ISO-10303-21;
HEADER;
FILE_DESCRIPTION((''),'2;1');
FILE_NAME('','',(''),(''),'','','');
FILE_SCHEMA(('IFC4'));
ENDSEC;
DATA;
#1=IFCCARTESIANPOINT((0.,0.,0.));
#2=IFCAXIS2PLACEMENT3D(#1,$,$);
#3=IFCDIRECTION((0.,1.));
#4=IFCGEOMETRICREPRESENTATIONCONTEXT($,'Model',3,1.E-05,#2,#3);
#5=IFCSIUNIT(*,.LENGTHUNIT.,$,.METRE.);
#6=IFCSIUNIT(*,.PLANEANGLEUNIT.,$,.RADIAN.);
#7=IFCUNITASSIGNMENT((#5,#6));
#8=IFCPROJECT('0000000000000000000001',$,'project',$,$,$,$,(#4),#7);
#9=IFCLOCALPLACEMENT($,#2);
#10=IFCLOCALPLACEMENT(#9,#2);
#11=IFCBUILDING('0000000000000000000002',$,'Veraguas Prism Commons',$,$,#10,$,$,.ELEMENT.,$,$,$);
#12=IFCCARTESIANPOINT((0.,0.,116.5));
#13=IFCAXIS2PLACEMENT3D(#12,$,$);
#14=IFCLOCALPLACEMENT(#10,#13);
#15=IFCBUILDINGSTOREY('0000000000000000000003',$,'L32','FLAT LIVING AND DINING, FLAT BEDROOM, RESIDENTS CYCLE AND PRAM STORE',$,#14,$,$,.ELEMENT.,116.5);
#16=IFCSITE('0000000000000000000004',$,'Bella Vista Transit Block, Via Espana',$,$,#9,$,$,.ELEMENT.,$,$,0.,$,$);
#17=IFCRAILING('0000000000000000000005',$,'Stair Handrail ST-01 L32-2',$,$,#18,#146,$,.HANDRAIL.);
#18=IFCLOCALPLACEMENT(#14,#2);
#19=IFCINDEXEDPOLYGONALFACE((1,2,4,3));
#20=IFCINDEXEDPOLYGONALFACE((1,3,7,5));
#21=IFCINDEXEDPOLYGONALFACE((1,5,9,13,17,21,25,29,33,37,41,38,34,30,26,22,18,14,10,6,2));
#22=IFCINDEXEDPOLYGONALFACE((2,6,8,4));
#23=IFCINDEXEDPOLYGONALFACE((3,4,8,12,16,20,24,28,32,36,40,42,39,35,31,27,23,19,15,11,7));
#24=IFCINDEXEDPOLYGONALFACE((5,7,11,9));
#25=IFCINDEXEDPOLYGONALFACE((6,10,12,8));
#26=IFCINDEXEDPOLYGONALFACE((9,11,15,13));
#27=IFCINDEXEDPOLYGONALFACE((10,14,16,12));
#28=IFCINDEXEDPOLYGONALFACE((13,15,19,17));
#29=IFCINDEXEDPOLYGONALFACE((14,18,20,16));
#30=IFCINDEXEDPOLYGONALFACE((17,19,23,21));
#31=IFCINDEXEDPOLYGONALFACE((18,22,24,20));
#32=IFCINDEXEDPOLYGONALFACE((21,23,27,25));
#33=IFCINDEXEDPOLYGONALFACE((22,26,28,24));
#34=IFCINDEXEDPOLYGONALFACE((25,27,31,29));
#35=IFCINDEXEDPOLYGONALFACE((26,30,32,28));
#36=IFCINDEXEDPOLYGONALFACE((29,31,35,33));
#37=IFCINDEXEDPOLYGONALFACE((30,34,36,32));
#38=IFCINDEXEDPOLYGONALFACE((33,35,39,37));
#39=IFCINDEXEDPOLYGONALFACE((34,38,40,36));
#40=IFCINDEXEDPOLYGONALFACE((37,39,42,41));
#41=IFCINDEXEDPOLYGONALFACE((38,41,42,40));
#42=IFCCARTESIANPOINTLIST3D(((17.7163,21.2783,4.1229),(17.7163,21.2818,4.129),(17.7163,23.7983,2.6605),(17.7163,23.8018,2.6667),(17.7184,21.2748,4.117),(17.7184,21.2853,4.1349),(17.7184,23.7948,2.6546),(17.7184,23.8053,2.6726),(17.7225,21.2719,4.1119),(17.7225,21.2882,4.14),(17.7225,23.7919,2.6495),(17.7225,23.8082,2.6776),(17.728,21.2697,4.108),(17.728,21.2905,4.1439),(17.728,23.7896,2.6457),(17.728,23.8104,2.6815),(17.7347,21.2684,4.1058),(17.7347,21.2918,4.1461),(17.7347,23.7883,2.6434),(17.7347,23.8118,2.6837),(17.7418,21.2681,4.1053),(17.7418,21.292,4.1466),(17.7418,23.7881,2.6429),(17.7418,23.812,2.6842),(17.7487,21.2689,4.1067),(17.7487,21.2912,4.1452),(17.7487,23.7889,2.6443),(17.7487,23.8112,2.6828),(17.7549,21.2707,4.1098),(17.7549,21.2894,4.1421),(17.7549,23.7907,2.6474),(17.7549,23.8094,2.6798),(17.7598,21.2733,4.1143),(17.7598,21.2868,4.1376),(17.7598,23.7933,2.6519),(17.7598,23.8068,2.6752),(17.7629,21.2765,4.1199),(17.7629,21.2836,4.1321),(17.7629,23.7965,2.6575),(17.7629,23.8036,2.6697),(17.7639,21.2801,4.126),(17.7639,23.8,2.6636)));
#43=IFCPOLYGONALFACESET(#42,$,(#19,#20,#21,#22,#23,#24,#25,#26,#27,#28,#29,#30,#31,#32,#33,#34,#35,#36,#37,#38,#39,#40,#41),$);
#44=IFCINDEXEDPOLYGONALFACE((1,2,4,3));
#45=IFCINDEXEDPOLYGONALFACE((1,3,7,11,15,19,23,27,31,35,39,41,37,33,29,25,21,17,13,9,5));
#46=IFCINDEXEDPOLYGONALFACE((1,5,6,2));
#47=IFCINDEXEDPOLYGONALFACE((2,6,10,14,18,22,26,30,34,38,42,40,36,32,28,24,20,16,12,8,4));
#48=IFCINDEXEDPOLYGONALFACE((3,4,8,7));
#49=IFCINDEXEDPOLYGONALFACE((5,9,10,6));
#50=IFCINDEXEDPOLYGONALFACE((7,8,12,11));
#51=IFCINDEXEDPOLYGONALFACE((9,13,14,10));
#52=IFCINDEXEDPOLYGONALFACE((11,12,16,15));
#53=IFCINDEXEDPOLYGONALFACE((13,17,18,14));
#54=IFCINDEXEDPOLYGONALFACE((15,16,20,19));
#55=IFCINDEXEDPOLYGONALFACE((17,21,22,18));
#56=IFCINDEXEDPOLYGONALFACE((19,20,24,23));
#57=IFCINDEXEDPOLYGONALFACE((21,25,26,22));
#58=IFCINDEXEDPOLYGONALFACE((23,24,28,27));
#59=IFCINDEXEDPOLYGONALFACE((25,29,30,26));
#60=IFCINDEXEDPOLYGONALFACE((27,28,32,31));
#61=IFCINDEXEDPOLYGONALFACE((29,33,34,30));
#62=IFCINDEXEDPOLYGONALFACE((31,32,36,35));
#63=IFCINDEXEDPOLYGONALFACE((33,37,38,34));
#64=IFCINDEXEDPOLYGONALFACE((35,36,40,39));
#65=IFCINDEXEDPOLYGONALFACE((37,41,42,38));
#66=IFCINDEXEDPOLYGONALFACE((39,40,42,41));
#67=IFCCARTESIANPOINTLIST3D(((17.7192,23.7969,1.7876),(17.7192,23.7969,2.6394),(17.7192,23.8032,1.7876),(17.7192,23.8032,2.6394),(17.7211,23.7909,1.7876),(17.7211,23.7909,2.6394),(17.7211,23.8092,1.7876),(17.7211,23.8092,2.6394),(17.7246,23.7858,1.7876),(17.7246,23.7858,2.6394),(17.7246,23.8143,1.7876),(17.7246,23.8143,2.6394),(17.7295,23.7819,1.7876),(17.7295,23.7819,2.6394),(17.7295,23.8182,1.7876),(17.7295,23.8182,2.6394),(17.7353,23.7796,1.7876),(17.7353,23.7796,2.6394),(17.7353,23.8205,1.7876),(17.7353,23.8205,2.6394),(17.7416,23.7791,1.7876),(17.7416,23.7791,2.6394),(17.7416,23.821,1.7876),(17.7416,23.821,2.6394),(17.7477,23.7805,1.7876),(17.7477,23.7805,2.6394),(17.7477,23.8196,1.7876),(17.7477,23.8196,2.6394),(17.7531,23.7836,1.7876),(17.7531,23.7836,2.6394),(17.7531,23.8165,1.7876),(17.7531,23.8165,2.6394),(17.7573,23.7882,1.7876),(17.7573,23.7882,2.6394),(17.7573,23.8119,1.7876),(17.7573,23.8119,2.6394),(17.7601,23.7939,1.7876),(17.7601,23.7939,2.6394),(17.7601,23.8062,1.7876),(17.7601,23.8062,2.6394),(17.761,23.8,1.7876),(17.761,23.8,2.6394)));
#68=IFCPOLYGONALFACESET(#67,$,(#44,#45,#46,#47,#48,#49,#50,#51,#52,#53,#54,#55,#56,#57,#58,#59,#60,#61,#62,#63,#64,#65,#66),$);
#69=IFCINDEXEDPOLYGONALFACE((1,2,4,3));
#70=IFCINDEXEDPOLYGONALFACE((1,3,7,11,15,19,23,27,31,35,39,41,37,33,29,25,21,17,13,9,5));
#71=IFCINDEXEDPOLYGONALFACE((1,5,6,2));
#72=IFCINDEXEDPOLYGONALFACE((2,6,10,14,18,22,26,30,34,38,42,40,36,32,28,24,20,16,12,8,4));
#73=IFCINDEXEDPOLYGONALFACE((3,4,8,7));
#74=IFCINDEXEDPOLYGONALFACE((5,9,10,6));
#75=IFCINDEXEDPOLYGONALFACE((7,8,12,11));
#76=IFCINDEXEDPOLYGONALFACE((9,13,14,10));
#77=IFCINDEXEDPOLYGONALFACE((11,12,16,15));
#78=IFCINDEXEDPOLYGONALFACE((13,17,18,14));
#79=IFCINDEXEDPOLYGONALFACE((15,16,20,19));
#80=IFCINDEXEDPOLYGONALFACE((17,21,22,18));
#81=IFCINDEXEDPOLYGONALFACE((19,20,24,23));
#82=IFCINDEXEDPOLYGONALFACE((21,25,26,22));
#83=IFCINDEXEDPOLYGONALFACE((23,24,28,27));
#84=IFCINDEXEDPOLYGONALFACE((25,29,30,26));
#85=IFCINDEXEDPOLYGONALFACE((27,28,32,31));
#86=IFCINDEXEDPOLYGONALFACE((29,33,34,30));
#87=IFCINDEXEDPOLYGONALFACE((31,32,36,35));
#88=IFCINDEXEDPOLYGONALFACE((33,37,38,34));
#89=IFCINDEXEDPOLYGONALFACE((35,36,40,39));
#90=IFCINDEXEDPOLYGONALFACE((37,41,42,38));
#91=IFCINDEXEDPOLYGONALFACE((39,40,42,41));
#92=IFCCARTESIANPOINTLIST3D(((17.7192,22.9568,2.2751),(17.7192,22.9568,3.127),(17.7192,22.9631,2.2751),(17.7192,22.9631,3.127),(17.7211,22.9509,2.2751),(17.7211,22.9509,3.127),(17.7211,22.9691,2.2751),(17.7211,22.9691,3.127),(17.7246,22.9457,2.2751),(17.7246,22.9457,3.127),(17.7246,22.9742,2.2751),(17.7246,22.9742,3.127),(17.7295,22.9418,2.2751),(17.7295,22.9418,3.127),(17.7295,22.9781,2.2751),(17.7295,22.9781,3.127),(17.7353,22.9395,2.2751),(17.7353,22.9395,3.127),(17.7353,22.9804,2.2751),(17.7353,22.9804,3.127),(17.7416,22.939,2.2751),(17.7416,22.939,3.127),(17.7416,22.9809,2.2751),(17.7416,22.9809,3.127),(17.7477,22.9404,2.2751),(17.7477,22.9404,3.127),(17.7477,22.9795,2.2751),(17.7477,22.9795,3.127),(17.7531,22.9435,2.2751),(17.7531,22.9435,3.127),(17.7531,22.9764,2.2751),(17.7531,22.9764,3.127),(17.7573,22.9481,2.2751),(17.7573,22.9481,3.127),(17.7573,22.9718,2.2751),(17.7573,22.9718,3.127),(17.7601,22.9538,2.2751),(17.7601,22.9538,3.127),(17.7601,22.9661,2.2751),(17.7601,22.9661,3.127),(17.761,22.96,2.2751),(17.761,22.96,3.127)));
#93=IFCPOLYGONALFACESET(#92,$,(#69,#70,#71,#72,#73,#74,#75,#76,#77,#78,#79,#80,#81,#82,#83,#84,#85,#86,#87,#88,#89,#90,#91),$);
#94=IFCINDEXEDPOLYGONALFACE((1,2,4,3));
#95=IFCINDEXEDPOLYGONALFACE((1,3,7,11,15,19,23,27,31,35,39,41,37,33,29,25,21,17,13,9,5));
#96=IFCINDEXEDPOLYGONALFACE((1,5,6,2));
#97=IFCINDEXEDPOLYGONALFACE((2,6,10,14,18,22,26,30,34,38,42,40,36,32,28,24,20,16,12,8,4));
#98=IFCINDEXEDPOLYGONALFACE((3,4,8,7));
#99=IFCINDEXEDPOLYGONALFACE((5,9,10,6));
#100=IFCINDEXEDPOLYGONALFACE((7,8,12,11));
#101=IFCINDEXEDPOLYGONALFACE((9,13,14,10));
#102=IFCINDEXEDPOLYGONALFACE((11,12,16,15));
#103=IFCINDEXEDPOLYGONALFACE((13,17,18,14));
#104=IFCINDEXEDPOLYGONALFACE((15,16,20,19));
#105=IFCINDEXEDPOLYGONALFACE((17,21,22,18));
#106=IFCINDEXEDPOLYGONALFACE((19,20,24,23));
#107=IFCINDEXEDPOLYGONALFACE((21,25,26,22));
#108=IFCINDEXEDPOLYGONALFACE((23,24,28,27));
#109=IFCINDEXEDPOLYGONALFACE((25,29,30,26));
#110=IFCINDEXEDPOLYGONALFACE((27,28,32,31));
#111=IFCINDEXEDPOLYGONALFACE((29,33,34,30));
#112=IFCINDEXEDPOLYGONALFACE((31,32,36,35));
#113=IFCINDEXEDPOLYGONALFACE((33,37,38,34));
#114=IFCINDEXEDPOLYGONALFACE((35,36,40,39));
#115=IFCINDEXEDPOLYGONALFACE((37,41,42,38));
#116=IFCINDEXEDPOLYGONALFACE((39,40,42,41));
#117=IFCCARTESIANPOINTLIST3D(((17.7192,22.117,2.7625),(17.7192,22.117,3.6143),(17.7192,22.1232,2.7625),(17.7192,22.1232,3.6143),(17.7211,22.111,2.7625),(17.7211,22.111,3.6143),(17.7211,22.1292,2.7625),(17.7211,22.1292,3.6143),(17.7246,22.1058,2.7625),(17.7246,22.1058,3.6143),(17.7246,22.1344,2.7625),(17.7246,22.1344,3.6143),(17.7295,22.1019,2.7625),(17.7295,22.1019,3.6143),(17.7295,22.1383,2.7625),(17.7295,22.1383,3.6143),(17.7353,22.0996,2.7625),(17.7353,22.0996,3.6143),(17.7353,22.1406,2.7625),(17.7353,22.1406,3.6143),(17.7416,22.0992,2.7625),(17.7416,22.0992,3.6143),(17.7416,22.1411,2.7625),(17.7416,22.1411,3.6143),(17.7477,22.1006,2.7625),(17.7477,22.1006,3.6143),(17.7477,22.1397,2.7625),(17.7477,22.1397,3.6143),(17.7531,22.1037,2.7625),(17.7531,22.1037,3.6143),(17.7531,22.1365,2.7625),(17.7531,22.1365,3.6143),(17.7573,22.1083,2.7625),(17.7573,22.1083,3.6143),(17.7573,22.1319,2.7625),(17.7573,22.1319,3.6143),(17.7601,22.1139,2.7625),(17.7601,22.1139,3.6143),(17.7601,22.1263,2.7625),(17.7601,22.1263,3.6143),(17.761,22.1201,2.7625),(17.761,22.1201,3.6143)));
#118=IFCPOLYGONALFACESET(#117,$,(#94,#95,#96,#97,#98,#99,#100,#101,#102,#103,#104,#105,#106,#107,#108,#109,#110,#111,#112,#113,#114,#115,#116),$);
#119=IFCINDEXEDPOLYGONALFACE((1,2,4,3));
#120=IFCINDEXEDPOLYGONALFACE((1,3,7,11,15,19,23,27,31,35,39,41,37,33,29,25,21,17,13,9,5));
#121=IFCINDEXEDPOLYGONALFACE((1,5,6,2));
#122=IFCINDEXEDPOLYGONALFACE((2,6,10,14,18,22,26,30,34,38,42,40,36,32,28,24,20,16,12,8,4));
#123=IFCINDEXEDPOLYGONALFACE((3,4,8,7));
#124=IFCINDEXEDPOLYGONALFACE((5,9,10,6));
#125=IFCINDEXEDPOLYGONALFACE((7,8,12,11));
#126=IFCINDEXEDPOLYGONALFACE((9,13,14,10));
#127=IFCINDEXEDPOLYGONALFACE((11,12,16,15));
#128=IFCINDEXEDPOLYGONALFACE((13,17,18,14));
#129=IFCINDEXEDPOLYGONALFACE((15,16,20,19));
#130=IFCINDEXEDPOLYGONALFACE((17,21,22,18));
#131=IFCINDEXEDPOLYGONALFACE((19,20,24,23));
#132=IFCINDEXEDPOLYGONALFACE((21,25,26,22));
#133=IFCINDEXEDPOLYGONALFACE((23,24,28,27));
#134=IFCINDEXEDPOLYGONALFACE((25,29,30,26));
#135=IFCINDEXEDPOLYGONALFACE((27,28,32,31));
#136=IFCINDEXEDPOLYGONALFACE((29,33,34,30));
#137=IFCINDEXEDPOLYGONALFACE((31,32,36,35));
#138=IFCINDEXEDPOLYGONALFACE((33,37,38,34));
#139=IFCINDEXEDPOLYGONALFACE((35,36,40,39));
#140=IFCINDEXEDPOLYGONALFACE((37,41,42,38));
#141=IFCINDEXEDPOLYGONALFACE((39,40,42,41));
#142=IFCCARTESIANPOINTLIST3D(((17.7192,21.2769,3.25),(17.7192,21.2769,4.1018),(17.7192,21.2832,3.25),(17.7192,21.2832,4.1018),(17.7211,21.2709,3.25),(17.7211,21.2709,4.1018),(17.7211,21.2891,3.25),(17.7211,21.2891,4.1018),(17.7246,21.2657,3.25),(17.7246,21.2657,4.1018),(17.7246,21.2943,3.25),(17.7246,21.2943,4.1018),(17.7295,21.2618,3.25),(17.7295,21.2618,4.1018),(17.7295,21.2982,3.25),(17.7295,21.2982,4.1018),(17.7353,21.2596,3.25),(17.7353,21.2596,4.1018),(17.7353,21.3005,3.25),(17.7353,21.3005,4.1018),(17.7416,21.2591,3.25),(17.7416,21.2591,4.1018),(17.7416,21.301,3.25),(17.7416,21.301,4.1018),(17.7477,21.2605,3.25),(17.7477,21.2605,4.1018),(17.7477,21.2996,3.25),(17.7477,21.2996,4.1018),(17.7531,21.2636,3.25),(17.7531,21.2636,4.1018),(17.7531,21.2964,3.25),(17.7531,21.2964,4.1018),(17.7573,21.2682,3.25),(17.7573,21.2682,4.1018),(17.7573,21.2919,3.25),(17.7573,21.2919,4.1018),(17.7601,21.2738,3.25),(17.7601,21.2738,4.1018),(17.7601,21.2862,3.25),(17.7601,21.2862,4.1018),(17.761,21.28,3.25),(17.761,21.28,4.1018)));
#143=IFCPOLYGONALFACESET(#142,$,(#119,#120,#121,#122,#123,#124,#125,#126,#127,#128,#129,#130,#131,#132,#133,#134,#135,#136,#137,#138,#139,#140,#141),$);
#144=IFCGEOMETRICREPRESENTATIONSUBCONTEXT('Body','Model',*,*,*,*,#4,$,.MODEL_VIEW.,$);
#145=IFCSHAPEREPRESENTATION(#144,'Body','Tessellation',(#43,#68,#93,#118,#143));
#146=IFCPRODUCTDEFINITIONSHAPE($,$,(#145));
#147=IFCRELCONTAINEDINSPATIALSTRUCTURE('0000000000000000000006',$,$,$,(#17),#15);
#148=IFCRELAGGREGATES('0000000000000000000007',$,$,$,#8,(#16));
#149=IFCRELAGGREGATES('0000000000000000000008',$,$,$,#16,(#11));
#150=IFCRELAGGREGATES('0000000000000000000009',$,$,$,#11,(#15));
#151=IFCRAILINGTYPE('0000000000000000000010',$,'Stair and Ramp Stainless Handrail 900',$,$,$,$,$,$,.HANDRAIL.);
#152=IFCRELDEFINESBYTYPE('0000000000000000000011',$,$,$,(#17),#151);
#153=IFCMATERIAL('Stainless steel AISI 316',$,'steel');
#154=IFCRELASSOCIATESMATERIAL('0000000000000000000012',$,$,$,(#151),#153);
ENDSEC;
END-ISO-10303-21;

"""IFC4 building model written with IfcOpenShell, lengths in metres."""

from ifc_helpers import new_model, si_unit, direction, frame, origin, origin_2d, place, context, subcontext, project, spatial, circle, extrude, material, type_object, element, save


model = new_model("IFC4")

# Units and contexts
model_context = context("Model", 3, precision=1e-05, world=origin(), true_north=direction((0.0, 1.0)))
body_context = subcontext(model_context, "Body", "Model", "MODEL_VIEW")
ifc_project = project(units=[si_unit("LENGTHUNIT", "METRE"), si_unit("PLANEANGLEUNIT", "RADIAN")], contexts=[model_context])

# Site, building, storey
site_placement = place(None, origin())
site = spatial("IfcSite", under=ifc_project, at=site_placement, Name="Bella Vista Transit Block, Via Espana", CompositionType="ELEMENT", RefElevation=0.0)
building_placement = place(site_placement, origin())
building = spatial("IfcBuilding", under=site, at=building_placement, Name="Veraguas Prism Commons", CompositionType="ELEMENT")
storey_placement = place(building_placement, frame((0.0, 0.0, 116.5)))
storey = spatial("IfcBuildingStorey", under=building, at=storey_placement, Name="L32", Description="FLAT LIVING AND DINING, FLAT BEDROOM, RESIDENTS CYCLE AND PRAM STORE", CompositionType="ELEMENT", Elevation=116.5)

# Railing
ifc_material_1 = material(Name="Stainless steel AISI 316", Category="steel")
railing_type_1 = type_object("IfcRailingType", Name="Stair and Ramp Stainless Handrail 900", PredefinedType="HANDRAIL", material=ifc_material_1)
railing_1_placement = place(storey_placement, frame((17.74, 23.8, 1.7876)))
element("IfcRailing", 1, at=railing_1_placement, inside=storey, type_object=railing_type_1, Name="Stair Handrail ST-01 L32-2", PredefinedType="HANDRAIL", context=body_context, shape_type="SweptSolid", body=[
    extrude(circle(Radius=0.0239, at=origin_2d()), frame((0.0, 0.0, 0.876), z_axis=(0.0, -0.864913, 0.501921), x_axis=(1.0, 0.0, 0.0)), (0.0, 0.0, 1.0), 2.9136),
    extrude(circle(Radius=0.021, at=origin_2d()), origin(), (0.0, 0.0, 1.0), 0.8518),
    extrude(circle(Radius=0.021, at=origin_2d()), frame((0.0, -0.8401, 0.4875)), (0.0, 0.0, 1.0), 0.8518),
    extrude(circle(Radius=0.021, at=origin_2d()), frame((0.0, -1.6799, 0.9749)), (0.0, 0.0, 1.0), 0.8518),
    extrude(circle(Radius=0.021, at=origin_2d()), frame((0.0, -2.52, 1.4624)), (0.0, 0.0, 1.0), 0.8518),
])

save(model, "model.ifc")
